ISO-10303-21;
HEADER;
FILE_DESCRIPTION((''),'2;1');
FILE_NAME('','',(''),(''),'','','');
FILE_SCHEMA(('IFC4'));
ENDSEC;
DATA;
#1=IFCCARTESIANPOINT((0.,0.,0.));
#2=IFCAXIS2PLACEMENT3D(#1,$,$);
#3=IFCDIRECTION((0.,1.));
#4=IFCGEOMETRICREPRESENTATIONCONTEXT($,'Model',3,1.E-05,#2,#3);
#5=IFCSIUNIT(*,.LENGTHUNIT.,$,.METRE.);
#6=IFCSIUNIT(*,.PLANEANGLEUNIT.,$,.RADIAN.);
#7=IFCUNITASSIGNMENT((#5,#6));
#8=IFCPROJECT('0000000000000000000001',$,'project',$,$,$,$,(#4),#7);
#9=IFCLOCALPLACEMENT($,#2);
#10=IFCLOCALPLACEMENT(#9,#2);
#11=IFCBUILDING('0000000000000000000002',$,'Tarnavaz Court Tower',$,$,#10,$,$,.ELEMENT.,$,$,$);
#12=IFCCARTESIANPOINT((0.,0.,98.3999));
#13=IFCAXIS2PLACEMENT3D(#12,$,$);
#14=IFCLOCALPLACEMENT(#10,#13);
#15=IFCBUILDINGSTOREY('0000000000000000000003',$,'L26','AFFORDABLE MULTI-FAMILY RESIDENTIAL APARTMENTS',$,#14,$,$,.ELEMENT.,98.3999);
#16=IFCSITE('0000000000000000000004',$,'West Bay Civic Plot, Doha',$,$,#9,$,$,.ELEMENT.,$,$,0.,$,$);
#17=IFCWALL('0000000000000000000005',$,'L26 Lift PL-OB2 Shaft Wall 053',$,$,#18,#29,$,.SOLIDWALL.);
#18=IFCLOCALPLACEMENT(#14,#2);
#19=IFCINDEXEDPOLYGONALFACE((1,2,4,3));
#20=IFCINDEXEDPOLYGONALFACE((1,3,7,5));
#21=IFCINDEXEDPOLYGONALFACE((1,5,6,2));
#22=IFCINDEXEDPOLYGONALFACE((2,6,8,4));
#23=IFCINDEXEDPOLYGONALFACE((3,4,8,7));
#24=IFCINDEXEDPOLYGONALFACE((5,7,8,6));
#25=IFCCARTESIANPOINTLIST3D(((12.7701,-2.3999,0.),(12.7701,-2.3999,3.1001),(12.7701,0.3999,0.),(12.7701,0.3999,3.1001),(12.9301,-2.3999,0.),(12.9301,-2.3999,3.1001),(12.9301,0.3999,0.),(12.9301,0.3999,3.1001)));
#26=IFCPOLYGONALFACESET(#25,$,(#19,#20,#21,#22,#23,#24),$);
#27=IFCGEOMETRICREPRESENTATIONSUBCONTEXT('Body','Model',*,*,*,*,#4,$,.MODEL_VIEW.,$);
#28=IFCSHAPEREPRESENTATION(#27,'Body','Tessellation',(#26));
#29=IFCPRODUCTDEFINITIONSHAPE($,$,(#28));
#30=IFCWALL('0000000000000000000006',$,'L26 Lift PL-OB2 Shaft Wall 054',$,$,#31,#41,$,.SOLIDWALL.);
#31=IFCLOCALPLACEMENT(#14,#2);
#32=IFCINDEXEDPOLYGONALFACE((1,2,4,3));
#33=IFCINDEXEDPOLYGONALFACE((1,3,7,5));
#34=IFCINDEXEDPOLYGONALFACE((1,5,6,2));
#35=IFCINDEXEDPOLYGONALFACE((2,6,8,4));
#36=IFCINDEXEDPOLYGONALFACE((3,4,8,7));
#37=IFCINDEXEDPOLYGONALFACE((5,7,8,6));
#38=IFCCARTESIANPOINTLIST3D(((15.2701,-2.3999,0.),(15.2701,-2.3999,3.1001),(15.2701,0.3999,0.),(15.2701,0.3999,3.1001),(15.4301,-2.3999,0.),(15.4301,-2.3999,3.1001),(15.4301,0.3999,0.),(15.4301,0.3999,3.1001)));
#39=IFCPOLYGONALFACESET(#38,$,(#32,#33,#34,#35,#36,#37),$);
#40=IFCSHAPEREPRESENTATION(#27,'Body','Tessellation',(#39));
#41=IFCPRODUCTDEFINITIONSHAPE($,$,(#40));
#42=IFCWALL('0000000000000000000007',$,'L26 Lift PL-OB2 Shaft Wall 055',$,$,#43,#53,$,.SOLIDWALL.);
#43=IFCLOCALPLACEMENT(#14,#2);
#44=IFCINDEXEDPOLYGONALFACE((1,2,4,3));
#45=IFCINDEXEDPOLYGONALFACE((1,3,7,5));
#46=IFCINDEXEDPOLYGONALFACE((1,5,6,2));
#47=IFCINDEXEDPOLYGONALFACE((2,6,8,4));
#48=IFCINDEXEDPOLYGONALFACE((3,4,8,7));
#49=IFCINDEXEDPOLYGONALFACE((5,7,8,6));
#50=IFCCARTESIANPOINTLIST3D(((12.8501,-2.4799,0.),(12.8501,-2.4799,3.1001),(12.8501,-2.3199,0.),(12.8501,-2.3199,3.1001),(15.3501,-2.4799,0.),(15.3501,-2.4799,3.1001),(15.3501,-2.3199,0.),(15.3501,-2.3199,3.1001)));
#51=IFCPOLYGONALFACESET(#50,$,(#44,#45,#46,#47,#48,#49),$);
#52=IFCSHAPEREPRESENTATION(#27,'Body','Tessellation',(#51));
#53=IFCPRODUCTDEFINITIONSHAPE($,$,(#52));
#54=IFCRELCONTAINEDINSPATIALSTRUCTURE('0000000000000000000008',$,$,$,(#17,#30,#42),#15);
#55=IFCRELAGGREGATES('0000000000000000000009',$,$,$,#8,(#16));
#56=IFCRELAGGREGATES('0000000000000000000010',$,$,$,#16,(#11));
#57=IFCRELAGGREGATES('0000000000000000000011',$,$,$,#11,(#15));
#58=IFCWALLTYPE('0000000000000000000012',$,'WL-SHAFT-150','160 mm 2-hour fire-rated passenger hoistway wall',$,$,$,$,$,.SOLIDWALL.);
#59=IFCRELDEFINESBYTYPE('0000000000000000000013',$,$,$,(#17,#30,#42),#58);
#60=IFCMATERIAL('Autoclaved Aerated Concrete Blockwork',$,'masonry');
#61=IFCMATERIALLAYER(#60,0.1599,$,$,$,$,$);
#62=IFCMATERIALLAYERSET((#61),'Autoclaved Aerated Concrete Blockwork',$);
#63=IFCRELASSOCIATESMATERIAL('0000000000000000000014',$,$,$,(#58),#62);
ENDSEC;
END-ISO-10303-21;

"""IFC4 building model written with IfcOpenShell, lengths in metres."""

from ifc_helpers import new_model, si_unit, direction, frame, frame_2d, origin, place, context, subcontext, project, spatial, rectangle, extrude, material, layer, layer_set, type_object, element, save


model = new_model("IFC4")

# Units and contexts
model_context = context("Model", 3, precision=1e-05, world=origin(), true_north=direction((0.0, 1.0)))
body_context = subcontext(model_context, "Body", "Model", "MODEL_VIEW")
ifc_project = project(units=[si_unit("LENGTHUNIT", "METRE"), si_unit("PLANEANGLEUNIT", "RADIAN")], contexts=[model_context])

# Site, building, storey
site_placement = place(None, origin())
site = spatial("IfcSite", under=ifc_project, at=site_placement, Name="West Bay Civic Plot, Doha", CompositionType="ELEMENT", RefElevation=0.0)
building_placement = place(site_placement, origin())
building = spatial("IfcBuilding", under=site, at=building_placement, Name="Tarnavaz Court Tower", CompositionType="ELEMENT")
storey_placement = place(building_placement, frame((0.0, 0.0, 98.3999)))
storey = spatial("IfcBuildingStorey", under=building, at=storey_placement, Name="L26", Description="AFFORDABLE MULTI-FAMILY RESIDENTIAL APARTMENTS", CompositionType="ELEMENT", Elevation=98.3999)

# Walls
ifc_material_1 = material(Name="Autoclaved Aerated Concrete Blockwork", Category="masonry")
ifc_layer_1 = layer(ifc_material_1, 0.1599)
ifc_layer_set_1 = layer_set([ifc_layer_1], Name="Autoclaved Aerated Concrete Blockwork")
wall_type_1 = type_object("IfcWallType", Name="WL-SHAFT-150", Description="160 mm 2-hour fire-rated passenger hoistway wall", PredefinedType="SOLIDWALL", material=ifc_layer_set_1)
for number, where, z_axis, x_axis, name in (
    (1, (12.8501, -2.3999, 0.0), (0.0, 0.0, 1.0), (0.0, 1.0, 0.0), "L26 Lift PL-OB2 Shaft Wall 053"),
    (2, (15.3501, -2.3999, 0.0), (0.0, 0.0, 1.0), (0.0, 1.0, 0.0), "L26 Lift PL-OB2 Shaft Wall 054"),
):
    element("IfcWall", number, at=place(storey_placement, frame(where, z_axis=z_axis, x_axis=x_axis)), inside=storey, type_object=wall_type_1, Name=name, PredefinedType="SOLIDWALL", context=body_context, shape_type="SweptSolid", body=[
        extrude(rectangle(XDim=2.7998, YDim=0.1599, at=frame_2d((1.3999, 0.0))), origin(), (0.0, 0.0, 1.0), 3.1001),
    ])
wall_1_placement = place(storey_placement, frame((12.8501, -2.3999, 0.0), z_axis=(0.0, 0.0, 1.0), x_axis=(1.0, 0.0, 0.0)))
element("IfcWall", 3, at=wall_1_placement, inside=storey, type_object=wall_type_1, Name="L26 Lift PL-OB2 Shaft Wall 055", PredefinedType="SOLIDWALL", context=body_context, shape_type="SweptSolid", body=[
    extrude(rectangle(XDim=2.5, YDim=0.1599, at=frame_2d((1.25, 0.0))), origin(), (0.0, 0.0, 1.0), 3.1001),
])

save(model, "model.ifc")
